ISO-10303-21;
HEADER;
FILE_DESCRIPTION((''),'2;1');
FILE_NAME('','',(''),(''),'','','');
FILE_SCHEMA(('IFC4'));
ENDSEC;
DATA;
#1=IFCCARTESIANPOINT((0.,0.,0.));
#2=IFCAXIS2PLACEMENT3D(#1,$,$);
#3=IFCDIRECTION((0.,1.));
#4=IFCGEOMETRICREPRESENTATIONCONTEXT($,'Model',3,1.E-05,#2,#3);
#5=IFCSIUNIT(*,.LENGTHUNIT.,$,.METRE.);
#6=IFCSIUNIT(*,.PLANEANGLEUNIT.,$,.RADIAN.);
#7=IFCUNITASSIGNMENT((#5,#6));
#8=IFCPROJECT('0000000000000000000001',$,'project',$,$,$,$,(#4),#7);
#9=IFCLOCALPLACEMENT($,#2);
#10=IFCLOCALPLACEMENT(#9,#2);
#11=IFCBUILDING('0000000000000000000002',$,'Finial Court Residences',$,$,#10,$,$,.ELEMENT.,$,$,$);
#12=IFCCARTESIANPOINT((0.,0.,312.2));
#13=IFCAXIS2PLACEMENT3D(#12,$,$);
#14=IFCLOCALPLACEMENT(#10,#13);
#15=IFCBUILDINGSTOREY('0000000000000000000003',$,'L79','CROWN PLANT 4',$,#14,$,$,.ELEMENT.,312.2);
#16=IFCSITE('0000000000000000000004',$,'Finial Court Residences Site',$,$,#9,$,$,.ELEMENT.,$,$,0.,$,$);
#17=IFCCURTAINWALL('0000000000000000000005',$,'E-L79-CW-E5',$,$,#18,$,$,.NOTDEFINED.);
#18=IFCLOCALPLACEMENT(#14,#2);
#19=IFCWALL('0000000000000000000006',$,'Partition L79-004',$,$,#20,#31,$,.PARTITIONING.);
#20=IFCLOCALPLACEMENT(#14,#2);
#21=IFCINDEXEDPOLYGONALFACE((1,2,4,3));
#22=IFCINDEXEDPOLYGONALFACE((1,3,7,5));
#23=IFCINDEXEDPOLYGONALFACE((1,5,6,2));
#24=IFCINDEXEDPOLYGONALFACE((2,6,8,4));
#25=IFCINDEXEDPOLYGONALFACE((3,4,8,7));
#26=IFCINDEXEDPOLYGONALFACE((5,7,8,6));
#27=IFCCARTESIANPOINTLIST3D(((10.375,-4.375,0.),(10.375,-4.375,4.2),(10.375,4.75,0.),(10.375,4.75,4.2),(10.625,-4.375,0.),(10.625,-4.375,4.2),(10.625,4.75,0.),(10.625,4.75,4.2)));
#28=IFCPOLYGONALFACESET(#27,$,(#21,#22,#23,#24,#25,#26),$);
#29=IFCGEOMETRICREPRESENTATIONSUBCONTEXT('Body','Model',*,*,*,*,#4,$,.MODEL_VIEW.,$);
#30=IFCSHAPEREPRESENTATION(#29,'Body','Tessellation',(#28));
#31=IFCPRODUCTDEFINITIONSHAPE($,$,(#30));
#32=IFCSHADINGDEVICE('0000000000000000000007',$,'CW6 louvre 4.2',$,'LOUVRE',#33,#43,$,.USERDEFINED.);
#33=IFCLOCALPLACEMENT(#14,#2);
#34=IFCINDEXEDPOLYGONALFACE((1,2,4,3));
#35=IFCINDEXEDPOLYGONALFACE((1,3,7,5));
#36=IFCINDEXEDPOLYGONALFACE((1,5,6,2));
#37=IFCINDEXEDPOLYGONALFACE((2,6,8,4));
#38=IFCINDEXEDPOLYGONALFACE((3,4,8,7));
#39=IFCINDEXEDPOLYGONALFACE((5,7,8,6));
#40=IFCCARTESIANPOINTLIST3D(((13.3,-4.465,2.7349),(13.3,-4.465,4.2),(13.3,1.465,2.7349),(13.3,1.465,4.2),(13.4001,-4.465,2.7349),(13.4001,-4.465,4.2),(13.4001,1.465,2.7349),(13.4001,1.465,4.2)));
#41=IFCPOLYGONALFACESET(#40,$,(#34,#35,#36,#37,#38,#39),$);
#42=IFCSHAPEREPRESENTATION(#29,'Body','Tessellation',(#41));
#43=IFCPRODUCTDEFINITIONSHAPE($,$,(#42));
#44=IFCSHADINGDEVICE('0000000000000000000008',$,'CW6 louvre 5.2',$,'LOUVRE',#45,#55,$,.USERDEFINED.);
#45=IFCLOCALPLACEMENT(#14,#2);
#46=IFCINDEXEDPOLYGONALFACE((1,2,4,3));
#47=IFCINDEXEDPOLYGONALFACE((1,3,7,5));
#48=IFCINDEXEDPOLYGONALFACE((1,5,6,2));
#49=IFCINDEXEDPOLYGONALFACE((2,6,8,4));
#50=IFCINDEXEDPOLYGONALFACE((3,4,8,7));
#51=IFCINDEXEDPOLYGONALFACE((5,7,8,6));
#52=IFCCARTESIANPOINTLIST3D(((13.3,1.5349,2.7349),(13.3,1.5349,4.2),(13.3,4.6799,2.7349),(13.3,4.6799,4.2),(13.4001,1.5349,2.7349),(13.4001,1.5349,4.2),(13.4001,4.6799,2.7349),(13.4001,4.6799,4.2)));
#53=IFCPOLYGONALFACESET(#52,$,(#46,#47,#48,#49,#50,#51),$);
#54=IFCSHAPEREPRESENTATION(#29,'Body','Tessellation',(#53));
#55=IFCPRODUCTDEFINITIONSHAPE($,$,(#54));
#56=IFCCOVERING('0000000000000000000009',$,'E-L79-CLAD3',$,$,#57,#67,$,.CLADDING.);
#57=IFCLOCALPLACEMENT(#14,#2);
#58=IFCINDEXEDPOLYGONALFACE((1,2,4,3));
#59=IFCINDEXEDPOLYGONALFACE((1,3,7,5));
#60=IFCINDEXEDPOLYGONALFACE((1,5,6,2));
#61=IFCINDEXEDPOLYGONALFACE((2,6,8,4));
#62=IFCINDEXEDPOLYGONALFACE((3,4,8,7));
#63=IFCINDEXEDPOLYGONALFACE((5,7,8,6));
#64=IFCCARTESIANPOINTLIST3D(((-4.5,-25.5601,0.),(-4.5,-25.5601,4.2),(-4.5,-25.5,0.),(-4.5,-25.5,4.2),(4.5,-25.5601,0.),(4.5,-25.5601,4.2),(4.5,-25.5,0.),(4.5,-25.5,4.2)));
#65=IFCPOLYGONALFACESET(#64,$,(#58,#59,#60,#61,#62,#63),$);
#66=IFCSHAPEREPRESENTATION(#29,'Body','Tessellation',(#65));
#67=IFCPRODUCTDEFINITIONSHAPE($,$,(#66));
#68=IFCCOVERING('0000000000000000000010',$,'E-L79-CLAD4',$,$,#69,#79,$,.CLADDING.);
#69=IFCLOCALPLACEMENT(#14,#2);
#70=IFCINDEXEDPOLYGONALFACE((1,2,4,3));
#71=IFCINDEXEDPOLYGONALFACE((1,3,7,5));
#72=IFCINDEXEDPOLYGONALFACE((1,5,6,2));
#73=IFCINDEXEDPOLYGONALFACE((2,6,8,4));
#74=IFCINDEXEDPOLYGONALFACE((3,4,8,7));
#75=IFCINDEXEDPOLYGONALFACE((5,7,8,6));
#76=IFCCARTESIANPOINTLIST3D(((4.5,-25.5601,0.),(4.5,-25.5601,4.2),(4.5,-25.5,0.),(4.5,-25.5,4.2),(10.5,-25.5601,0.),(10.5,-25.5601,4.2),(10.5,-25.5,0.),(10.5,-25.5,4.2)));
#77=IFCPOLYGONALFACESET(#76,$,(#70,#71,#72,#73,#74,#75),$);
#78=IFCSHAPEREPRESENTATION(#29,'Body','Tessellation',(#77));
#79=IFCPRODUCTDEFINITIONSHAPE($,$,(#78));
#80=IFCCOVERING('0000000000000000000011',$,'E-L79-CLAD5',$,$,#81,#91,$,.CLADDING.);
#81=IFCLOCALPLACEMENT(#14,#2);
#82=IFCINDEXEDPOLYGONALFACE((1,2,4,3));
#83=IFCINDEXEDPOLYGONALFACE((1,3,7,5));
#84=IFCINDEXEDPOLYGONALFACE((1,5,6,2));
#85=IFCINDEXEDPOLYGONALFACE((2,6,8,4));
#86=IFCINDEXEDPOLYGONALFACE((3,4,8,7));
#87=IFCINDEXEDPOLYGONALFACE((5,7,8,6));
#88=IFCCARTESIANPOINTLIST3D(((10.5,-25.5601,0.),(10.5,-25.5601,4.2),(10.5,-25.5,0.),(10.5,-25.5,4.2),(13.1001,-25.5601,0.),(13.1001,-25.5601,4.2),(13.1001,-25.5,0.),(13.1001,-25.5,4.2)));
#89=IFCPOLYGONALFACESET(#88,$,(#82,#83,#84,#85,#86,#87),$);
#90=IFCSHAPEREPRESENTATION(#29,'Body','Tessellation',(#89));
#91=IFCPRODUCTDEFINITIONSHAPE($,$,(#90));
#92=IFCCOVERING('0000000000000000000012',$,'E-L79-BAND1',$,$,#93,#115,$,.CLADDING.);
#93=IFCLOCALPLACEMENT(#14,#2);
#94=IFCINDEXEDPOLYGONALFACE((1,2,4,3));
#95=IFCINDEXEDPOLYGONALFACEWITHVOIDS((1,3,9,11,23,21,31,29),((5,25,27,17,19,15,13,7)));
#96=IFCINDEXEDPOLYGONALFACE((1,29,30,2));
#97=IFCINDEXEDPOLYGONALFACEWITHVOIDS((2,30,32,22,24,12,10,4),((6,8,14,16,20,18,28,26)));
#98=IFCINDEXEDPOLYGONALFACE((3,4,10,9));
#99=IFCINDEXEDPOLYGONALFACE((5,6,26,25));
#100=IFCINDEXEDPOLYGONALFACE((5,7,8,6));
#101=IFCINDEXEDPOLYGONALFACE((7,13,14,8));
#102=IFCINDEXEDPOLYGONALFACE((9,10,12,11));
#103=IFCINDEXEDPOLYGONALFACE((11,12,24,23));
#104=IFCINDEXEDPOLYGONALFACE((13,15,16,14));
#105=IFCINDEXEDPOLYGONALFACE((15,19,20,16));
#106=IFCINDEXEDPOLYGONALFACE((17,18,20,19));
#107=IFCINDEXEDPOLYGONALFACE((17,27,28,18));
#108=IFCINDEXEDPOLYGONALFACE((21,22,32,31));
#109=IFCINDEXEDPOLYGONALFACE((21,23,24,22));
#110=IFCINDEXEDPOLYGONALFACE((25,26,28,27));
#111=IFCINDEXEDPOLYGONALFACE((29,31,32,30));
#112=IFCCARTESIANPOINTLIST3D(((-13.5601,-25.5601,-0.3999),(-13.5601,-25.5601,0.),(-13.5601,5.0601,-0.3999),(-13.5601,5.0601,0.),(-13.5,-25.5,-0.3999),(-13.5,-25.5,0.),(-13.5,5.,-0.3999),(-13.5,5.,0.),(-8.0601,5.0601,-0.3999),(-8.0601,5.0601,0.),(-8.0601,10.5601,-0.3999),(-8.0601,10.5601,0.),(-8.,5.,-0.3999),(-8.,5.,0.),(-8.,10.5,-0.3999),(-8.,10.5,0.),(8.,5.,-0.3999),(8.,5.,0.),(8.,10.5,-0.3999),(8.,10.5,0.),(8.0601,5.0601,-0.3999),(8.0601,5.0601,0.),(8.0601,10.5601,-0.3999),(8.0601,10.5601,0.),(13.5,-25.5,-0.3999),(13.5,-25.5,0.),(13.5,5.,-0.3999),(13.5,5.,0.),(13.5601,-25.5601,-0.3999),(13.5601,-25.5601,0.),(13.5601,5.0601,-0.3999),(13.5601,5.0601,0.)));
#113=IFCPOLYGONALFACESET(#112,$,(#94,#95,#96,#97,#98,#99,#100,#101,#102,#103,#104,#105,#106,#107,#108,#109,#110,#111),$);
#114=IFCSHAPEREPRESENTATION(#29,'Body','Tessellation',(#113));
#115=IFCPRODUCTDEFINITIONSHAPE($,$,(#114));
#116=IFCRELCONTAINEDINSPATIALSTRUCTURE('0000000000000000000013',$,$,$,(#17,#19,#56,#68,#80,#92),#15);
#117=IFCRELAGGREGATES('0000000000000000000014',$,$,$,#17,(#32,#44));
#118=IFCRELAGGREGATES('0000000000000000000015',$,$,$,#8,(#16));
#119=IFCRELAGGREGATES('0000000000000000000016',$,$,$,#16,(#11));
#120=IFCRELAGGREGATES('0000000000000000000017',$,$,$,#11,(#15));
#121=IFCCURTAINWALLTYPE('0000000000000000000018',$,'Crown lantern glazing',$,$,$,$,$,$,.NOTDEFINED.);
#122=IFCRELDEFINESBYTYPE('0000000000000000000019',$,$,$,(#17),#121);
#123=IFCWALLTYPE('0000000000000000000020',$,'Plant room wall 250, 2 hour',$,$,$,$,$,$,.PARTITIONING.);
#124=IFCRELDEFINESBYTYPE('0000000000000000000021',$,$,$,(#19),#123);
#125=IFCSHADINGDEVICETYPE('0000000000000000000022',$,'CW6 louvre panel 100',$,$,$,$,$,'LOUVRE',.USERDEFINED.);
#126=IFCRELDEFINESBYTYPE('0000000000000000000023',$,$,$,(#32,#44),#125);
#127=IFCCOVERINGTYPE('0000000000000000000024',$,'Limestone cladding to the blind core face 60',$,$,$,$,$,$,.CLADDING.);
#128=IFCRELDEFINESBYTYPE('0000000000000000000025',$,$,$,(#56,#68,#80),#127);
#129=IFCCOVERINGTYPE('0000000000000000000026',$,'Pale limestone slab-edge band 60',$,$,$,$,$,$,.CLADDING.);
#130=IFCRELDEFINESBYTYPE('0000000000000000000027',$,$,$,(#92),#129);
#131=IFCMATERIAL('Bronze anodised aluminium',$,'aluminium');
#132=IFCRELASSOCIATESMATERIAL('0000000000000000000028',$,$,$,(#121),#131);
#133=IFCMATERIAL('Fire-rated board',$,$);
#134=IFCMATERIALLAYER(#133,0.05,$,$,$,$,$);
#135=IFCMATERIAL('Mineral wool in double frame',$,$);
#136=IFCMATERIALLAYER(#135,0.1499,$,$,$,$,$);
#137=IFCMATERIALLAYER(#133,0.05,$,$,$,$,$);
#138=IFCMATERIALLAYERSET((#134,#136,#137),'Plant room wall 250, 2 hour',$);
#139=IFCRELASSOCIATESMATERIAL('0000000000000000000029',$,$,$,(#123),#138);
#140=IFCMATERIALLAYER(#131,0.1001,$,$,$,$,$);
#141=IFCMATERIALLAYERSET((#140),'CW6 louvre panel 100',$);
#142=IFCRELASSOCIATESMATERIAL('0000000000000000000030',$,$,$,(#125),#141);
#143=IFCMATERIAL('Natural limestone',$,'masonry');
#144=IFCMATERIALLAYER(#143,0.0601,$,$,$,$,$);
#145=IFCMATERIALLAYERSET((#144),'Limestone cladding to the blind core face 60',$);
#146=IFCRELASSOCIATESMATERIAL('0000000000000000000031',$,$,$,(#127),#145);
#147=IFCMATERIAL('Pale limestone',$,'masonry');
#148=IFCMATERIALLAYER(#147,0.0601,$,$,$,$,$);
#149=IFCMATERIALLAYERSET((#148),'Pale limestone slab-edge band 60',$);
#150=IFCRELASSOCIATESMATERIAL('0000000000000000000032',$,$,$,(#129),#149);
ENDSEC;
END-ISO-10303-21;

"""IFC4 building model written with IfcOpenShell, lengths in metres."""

from ifc_helpers import new_model, si_unit, direction, frame, frame_2d, origin, origin_2d, place, context, subcontext, project, spatial, polyline, rectangle, outline, extrude, material, layer, layer_set, type_object, element, aggregate, save


model = new_model("IFC4")

# Units and contexts
model_context = context("Model", 3, precision=1e-05, world=origin(), true_north=direction((0.0, 1.0)))
body_context = subcontext(model_context, "Body", "Model", "MODEL_VIEW")
ifc_project = project(units=[si_unit("LENGTHUNIT", "METRE"), si_unit("PLANEANGLEUNIT", "RADIAN")], contexts=[model_context])

# Site, building, storey
site_placement = place(None, origin())
site = spatial("IfcSite", under=ifc_project, at=site_placement, Name="Finial Court Residences Site", CompositionType="ELEMENT", RefElevation=0.0)
building_placement = place(site_placement, origin())
building = spatial("IfcBuilding", under=site, at=building_placement, Name="Finial Court Residences", CompositionType="ELEMENT")
storey_placement = place(building_placement, frame((0.0, 0.0, 312.2)))
storey = spatial("IfcBuildingStorey", under=building, at=storey_placement, Name="L79", Description="CROWN PLANT 4", CompositionType="ELEMENT", Elevation=312.2)

# Curtain wall
ifc_material_1 = material(Name="Bronze anodised aluminium", Category="aluminium")
curtain_wall_type = type_object("IfcCurtainWallType", Name="Crown lantern glazing", PredefinedType="NOTDEFINED", material=ifc_material_1)
curtain_wall_placement = place(storey_placement, origin())
curtain_wall = element("IfcCurtainWall", 1, at=curtain_wall_placement, inside=storey, type_object=curtain_wall_type, Name="E-L79-CW-E5", PredefinedType="NOTDEFINED")

# Wall
ifc_material_2 = material(Name="Fire-rated board")
ifc_layer_1 = layer(ifc_material_2, 0.05)
ifc_material_3 = material(Name="Mineral wool in double frame")
ifc_layer_2 = layer(ifc_material_3, 0.1499)
ifc_layer_3 = layer(ifc_material_2, 0.05)
ifc_layer_set_1 = layer_set([ifc_layer_1, ifc_layer_2, ifc_layer_3], Name="Plant room wall 250, 2 hour")
wall_type = type_object("IfcWallType", Name="Plant room wall 250, 2 hour", PredefinedType="PARTITIONING", material=ifc_layer_set_1)
wall_1_placement = place(storey_placement, frame((10.5, -4.375, 0.0), z_axis=(0.0, 0.0, 1.0), x_axis=(0.0, 1.0, 0.0)))
element("IfcWall", 2, at=wall_1_placement, inside=storey, type_object=wall_type, Name="Partition L79-004", PredefinedType="PARTITIONING", context=body_context, shape_type="SweptSolid", body=[
    extrude(rectangle(XDim=9.125, YDim=0.25, at=frame_2d((4.5625, 0.0))), origin(), (0.0, 0.0, 1.0), 4.2),
])

# Shading devices
ifc_layer_4 = layer(ifc_material_1, 0.1001)
ifc_layer_set_2 = layer_set([ifc_layer_4], Name="CW6 louvre panel 100")
shading_device_type = type_object("IfcShadingDeviceType", Name="CW6 louvre panel 100", ElementType="LOUVRE", PredefinedType="USERDEFINED", material=ifc_layer_set_2)
shading_device_1_placement = place(storey_placement, frame((13.3501, -1.5, 2.7349), z_axis=(0.0, 0.0, 1.0), x_axis=(0.0, 1.0, 0.0)))
shading_device_1 = element("IfcShadingDevice", 3, at=shading_device_1_placement, type_object=shading_device_type, Name="CW6 louvre 4.2", ObjectType="LOUVRE", PredefinedType="USERDEFINED", context=body_context, shape_type="SweptSolid", body=[
    extrude(rectangle(XDim=5.9299, YDim=0.1001, at=origin_2d()), origin(), (0.0, 0.0, 1.0), 1.4651),
])
shading_device_2_placement = place(storey_placement, frame((13.3501, 3.1074, 2.7349), z_axis=(0.0, 0.0, 1.0), x_axis=(0.0, 1.0, 0.0)))
shading_device_2 = element("IfcShadingDevice", 4, at=shading_device_2_placement, type_object=shading_device_type, Name="CW6 louvre 5.2", ObjectType="LOUVRE", PredefinedType="USERDEFINED", context=body_context, shape_type="SweptSolid", body=[
    extrude(rectangle(XDim=3.145, YDim=0.1001, at=origin_2d()), origin(), (0.0, 0.0, 1.0), 1.4651),
])
aggregate(curtain_wall, [shading_device_1, shading_device_2])

# Coverings
ifc_material_4 = material(Name="Natural limestone", Category="masonry")
ifc_layer_5 = layer(ifc_material_4, 0.0601)
ifc_layer_set_3 = layer_set([ifc_layer_5], Name="Limestone cladding to the blind core face 60")
covering_type_1 = type_object("IfcCoveringType", Name="Limestone cladding to the blind core face 60", PredefinedType="CLADDING", material=ifc_layer_set_3)
covering_1_placement = place(storey_placement, origin())
element("IfcCovering", 5, at=covering_1_placement, inside=storey, type_object=covering_type_1, Name="E-L79-CLAD3", PredefinedType="CLADDING", context=body_context, shape_type="SweptSolid", body=[
    extrude(outline(polyline([(4.5, -25.5601), (4.5, -25.5), (-4.5, -25.5), (-4.5, -25.5601), (4.5, -25.5601)])), origin(), (0.0, 0.0, 1.0), 4.2),
])
covering_2_placement = place(storey_placement, origin())
element("IfcCovering", 6, at=covering_2_placement, inside=storey, type_object=covering_type_1, Name="E-L79-CLAD4", PredefinedType="CLADDING", context=body_context, shape_type="SweptSolid", body=[
    extrude(outline(polyline([(10.5, -25.5601), (10.5, -25.5), (4.5, -25.5), (4.5, -25.5601), (10.5, -25.5601)])), origin(), (0.0, 0.0, 1.0), 4.2),
])
covering_3_placement = place(storey_placement, origin())
element("IfcCovering", 7, at=covering_3_placement, inside=storey, type_object=covering_type_1, Name="E-L79-CLAD5", PredefinedType="CLADDING", context=body_context, shape_type="SweptSolid", body=[
    extrude(outline(polyline([(13.1001, -25.5601), (13.1001, -25.5), (10.5, -25.5), (10.5, -25.5601), (13.1001, -25.5601)])), origin(), (0.0, 0.0, 1.0), 4.2),
])
ifc_material_5 = material(Name="Pale limestone", Category="masonry")
ifc_layer_6 = layer(ifc_material_5, 0.0601)
ifc_layer_set_4 = layer_set([ifc_layer_6], Name="Pale limestone slab-edge band 60")
covering_type_2 = type_object("IfcCoveringType", Name="Pale limestone slab-edge band 60", PredefinedType="CLADDING", material=ifc_layer_set_4)
covering_4_placement = place(storey_placement, frame((0.0, 0.0, -0.3999)))
element("IfcCovering", 8, at=covering_4_placement, inside=storey, type_object=covering_type_2, Name="E-L79-BAND1", PredefinedType="CLADDING", context=body_context, shape_type="SweptSolid", body=[
    extrude(outline(polyline([(-13.5601, -25.5601), (-13.5601, 5.0601), (-8.0601, 5.0601), (-8.0601, 10.5601), (8.0601, 10.5601), (8.0601, 5.0601), (13.5601, 5.0601), (13.5601, -25.5601), (-13.5601, -25.5601)]), holes=[polyline([(13.5, 5.0), (8.0, 5.0), (8.0, 10.5), (-8.0, 10.5), (-8.0, 5.0), (-13.5, 5.0), (-13.5, -25.5), (13.5, -25.5), (13.5, 5.0)])]), origin(), (0.0, 0.0, 1.0), 0.3999),
])

save(model, "model.ifc")
